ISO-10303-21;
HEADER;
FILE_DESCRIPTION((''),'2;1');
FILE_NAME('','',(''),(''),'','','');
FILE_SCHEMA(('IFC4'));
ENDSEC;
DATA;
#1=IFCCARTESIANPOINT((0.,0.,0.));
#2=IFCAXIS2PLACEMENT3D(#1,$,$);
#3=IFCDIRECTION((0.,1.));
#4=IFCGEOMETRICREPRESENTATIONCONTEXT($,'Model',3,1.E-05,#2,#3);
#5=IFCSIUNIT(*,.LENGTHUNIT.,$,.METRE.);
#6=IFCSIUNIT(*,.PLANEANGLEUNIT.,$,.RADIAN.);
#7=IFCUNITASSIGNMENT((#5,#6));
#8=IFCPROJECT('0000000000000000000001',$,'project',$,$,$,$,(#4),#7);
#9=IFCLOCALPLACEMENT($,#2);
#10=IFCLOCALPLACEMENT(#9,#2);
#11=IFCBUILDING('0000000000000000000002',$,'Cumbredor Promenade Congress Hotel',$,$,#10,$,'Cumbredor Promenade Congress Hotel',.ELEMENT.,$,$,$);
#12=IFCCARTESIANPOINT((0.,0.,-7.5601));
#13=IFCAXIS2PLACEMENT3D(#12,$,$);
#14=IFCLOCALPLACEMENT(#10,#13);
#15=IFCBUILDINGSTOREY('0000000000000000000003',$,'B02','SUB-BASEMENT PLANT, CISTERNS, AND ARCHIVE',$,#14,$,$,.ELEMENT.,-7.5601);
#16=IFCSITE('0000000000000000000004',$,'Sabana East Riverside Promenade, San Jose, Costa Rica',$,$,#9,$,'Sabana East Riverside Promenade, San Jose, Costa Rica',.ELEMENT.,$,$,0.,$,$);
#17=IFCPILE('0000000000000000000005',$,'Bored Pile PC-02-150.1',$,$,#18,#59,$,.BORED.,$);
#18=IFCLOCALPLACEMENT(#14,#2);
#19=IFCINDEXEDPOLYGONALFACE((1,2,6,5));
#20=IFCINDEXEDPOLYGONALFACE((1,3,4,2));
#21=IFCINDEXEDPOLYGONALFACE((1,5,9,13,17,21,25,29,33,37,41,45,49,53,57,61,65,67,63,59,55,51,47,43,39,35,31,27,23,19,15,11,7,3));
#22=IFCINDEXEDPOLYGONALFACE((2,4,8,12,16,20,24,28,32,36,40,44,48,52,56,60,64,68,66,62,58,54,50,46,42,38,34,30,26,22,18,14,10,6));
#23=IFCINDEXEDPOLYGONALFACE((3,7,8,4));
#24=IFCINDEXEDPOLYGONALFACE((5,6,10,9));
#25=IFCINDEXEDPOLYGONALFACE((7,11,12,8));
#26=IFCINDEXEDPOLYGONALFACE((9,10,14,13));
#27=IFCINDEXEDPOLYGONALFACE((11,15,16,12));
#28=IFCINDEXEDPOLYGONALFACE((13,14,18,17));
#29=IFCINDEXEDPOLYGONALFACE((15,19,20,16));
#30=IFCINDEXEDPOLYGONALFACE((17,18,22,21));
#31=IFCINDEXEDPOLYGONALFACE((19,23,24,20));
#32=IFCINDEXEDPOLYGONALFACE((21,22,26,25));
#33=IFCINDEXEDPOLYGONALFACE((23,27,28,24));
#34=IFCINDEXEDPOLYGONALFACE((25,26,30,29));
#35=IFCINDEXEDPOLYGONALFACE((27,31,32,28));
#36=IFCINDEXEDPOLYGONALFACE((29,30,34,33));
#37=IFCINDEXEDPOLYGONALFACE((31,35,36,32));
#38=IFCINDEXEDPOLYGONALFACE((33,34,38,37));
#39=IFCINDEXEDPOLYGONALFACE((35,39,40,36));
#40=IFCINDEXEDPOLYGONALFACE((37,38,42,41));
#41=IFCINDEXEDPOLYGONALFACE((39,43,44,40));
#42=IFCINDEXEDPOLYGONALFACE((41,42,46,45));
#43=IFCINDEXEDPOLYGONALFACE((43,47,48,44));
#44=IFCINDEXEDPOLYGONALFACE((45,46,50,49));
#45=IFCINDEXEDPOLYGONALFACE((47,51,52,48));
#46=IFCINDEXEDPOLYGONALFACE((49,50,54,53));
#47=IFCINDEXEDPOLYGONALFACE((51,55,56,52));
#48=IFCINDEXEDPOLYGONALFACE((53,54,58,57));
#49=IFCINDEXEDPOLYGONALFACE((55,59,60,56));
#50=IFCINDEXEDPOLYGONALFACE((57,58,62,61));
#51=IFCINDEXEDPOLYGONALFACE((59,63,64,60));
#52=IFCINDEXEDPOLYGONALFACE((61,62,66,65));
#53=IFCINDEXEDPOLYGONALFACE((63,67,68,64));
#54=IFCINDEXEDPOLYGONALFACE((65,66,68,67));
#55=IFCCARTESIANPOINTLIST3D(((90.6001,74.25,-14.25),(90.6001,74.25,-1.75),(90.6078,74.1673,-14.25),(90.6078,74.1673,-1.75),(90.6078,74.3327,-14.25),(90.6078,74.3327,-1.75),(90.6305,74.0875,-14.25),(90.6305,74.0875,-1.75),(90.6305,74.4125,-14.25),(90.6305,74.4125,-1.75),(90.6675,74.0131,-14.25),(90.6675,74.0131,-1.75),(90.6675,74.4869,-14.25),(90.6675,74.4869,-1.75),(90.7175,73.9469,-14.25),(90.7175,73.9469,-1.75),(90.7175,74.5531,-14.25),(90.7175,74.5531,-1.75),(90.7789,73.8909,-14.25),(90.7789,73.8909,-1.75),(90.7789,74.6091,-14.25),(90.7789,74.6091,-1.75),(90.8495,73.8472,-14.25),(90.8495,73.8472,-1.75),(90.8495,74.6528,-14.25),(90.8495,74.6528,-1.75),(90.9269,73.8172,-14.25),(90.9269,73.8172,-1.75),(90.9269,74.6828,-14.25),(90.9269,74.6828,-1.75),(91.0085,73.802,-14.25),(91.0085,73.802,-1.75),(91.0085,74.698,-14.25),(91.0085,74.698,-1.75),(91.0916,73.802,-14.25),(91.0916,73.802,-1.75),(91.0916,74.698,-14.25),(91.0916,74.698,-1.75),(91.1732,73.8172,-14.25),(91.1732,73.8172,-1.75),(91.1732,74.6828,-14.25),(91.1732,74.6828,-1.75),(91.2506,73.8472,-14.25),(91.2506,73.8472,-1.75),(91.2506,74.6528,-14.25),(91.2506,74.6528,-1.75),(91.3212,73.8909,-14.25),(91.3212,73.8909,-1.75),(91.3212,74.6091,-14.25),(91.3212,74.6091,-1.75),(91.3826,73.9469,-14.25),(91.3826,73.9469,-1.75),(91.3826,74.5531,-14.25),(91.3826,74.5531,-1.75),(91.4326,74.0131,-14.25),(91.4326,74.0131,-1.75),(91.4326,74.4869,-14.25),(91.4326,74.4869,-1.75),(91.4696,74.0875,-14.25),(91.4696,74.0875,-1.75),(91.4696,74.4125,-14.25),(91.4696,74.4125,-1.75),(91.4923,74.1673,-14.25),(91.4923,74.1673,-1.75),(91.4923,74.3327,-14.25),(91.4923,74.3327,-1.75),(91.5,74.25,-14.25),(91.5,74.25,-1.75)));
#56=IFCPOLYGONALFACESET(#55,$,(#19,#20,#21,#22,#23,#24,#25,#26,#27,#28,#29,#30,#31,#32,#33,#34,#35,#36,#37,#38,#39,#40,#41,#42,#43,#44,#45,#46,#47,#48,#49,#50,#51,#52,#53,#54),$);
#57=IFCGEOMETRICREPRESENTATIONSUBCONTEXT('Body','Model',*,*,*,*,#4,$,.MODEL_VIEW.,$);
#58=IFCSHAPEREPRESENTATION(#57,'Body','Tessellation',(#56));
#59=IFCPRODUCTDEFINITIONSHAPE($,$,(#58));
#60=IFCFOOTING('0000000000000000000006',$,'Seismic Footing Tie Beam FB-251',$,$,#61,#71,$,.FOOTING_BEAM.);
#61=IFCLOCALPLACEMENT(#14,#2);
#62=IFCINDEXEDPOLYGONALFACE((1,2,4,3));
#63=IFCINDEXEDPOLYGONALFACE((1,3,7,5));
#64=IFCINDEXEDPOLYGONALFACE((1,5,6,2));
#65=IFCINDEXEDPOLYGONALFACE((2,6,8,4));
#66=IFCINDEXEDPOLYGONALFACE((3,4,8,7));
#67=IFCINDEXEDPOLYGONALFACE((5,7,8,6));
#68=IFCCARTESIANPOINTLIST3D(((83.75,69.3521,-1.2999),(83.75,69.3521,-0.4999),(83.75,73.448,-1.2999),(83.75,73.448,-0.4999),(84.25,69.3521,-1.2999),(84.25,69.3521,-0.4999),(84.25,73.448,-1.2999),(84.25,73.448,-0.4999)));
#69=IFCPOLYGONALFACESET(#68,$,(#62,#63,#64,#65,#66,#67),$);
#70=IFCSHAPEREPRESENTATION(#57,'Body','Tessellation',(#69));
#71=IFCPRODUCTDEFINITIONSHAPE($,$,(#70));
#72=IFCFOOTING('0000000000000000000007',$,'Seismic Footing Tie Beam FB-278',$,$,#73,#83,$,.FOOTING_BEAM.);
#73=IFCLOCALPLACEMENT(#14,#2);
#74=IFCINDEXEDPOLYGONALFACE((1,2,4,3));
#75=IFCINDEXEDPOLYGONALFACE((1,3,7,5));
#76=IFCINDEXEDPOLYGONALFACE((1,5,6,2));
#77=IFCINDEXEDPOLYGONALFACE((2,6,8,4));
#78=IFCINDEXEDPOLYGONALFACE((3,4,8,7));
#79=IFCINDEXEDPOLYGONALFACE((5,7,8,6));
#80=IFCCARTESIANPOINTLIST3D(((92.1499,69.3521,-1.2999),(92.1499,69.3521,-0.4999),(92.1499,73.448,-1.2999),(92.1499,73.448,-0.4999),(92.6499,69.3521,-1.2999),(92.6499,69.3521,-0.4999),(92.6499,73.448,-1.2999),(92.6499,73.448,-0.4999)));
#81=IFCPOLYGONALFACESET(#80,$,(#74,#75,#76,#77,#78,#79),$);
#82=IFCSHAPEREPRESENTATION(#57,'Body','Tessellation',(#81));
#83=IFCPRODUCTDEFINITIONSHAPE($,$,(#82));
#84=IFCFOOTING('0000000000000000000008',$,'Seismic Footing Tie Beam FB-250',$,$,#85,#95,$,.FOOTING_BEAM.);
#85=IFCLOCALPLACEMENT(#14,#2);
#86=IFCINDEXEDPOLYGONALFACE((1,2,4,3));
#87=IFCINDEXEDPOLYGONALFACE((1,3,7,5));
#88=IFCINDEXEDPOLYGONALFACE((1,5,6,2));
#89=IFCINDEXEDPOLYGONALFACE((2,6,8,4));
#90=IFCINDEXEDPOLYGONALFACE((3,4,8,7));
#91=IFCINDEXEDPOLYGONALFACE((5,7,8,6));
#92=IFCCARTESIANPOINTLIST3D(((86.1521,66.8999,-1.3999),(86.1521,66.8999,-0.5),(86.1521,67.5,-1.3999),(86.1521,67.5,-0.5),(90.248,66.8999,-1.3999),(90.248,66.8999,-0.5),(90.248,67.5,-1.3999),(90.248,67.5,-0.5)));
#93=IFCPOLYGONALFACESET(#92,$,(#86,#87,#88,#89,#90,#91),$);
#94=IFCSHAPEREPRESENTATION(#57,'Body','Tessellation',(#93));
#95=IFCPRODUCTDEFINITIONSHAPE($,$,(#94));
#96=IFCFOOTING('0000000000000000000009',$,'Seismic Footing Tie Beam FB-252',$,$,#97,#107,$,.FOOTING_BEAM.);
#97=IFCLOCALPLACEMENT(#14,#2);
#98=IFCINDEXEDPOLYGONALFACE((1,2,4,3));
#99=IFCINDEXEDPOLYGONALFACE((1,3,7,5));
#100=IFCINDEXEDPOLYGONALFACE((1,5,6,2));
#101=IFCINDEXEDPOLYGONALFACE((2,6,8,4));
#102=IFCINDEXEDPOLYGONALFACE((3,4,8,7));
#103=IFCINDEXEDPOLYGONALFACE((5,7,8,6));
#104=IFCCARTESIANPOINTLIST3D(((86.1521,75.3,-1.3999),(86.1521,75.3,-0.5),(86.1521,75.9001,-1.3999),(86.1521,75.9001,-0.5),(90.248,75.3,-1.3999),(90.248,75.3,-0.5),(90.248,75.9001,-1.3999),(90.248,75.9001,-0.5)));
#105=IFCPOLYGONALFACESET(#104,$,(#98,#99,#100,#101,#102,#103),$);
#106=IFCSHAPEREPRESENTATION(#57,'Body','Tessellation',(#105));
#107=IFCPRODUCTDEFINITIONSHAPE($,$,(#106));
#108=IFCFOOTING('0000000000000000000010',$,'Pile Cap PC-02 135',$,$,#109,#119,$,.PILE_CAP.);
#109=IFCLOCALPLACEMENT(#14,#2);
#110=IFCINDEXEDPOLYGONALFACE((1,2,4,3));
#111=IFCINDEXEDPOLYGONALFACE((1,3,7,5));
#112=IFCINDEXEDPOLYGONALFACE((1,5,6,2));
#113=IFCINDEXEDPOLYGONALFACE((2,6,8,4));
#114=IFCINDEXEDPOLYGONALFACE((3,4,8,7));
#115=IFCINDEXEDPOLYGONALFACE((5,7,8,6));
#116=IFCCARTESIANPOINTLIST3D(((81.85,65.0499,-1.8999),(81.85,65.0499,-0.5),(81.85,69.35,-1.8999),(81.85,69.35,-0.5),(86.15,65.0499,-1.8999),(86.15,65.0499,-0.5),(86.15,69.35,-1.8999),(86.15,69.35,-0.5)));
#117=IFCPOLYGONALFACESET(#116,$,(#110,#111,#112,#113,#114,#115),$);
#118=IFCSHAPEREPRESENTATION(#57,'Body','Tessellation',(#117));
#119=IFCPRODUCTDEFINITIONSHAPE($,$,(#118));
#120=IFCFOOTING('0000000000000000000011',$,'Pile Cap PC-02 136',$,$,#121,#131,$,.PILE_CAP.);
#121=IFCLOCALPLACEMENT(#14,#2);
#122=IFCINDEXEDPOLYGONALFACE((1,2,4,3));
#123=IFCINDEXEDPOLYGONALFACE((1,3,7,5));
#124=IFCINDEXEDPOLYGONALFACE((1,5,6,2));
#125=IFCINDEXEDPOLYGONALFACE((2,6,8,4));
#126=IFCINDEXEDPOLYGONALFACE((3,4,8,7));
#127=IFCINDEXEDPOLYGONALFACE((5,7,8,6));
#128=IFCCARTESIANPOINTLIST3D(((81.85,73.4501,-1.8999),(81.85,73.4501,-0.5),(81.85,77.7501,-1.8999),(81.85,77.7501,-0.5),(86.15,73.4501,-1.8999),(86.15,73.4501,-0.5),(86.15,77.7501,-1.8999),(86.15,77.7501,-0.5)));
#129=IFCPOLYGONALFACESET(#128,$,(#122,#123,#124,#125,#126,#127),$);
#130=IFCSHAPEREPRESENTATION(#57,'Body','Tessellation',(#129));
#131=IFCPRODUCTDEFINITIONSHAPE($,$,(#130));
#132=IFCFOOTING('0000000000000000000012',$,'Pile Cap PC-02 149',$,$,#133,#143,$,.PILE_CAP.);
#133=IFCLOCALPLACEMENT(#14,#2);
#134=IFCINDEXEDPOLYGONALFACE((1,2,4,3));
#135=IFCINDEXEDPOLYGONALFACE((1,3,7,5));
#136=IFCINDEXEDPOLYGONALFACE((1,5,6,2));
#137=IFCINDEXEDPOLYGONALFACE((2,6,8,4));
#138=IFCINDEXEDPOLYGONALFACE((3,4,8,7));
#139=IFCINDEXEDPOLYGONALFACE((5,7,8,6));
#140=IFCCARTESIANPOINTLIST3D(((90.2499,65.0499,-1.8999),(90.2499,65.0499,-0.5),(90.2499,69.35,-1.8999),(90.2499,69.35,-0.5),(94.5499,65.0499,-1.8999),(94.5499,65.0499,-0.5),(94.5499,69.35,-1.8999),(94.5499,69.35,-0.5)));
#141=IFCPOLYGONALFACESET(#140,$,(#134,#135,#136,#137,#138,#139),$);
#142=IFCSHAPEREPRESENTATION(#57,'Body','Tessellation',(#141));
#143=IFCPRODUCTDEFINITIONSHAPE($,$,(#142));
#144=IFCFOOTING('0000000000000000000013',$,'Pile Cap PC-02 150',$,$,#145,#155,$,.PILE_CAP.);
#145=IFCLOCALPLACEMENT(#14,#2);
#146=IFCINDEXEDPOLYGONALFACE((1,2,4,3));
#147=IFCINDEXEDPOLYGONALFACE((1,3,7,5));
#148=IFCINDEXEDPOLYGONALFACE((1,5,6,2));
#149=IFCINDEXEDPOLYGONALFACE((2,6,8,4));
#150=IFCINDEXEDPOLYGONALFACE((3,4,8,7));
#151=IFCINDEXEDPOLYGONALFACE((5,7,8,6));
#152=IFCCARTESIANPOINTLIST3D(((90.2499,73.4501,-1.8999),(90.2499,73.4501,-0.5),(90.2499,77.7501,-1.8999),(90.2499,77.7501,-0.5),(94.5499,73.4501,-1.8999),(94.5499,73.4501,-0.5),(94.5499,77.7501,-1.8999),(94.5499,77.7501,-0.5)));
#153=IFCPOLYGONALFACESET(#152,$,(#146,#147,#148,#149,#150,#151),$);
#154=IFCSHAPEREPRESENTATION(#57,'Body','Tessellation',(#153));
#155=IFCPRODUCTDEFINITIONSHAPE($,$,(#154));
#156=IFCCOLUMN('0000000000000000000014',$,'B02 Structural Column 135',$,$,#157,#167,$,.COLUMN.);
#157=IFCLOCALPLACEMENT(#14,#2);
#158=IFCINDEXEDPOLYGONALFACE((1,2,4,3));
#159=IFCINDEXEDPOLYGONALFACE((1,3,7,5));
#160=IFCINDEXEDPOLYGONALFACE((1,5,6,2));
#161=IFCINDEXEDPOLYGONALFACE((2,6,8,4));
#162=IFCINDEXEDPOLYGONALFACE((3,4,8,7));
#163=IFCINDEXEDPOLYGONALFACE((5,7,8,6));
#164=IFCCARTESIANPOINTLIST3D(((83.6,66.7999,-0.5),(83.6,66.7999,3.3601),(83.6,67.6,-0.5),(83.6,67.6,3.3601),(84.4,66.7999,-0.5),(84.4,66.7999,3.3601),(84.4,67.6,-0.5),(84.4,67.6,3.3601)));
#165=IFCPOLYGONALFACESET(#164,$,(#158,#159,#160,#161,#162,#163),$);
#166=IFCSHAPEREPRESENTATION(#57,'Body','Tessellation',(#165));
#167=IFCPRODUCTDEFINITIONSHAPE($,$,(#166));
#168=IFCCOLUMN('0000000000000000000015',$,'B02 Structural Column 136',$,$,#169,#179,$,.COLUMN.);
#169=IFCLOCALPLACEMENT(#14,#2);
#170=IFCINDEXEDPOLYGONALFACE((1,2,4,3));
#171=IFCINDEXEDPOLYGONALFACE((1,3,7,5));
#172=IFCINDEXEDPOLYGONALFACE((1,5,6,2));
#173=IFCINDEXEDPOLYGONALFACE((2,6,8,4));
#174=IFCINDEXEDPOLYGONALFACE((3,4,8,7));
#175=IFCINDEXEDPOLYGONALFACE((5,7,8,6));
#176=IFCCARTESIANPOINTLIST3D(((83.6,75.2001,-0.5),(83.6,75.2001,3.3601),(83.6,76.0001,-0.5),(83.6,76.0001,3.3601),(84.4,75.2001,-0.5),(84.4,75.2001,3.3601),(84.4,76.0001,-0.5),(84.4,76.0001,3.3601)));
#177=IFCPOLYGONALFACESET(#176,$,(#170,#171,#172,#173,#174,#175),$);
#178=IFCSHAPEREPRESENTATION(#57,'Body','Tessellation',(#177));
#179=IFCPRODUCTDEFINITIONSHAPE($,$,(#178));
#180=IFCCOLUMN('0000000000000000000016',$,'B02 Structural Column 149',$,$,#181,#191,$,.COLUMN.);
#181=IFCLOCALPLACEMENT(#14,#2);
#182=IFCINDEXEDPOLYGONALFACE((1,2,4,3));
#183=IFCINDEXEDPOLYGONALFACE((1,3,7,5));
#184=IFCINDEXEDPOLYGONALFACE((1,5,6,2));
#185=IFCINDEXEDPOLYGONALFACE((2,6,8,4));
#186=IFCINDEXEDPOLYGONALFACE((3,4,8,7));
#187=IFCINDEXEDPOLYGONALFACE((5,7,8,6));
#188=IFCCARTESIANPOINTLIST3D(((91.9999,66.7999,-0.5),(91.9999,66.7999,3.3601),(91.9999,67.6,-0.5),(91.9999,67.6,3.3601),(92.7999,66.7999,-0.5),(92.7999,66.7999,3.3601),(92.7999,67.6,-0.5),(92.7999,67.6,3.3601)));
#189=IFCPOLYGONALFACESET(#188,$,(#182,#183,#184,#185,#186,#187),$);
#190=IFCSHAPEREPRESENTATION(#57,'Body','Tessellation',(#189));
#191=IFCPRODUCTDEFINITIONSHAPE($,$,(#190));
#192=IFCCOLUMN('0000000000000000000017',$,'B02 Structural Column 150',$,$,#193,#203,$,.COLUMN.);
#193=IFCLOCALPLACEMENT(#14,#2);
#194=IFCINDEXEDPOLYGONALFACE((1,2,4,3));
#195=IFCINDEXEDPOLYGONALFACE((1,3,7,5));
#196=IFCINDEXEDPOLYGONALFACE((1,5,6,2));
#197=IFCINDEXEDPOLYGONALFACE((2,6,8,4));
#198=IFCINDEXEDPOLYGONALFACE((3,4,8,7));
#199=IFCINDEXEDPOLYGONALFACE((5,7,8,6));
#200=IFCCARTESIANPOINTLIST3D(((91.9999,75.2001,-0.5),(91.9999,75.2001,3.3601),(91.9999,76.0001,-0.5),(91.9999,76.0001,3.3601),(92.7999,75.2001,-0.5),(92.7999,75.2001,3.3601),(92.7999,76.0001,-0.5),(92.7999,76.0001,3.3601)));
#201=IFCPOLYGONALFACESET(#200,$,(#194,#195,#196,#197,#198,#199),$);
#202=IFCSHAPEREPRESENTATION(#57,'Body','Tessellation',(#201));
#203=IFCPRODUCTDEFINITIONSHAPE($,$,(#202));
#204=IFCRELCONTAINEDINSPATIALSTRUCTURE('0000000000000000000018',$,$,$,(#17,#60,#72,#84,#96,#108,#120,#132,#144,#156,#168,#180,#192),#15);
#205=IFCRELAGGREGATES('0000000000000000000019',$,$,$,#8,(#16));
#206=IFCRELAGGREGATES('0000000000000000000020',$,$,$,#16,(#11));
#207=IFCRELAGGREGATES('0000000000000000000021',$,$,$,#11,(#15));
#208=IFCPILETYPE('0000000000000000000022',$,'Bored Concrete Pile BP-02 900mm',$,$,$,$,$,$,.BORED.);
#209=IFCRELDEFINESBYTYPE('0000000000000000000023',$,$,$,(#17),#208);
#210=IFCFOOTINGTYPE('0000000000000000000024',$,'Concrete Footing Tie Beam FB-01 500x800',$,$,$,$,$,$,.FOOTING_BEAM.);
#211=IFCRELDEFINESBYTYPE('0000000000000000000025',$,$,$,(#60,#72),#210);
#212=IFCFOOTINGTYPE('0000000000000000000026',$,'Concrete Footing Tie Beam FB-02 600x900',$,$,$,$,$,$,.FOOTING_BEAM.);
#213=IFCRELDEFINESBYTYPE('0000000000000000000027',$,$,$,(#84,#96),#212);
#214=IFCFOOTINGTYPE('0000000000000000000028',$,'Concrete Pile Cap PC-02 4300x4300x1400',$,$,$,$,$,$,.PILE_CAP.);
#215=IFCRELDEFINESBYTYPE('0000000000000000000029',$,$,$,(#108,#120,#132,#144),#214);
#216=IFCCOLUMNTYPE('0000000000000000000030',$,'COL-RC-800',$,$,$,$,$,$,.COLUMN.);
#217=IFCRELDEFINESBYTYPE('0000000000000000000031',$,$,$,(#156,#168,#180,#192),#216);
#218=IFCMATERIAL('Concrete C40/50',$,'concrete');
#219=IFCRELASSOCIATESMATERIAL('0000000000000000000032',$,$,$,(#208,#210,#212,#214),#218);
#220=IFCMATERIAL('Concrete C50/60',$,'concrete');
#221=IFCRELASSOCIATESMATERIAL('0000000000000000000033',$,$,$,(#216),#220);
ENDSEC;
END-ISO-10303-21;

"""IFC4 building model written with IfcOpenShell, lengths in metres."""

from ifc_helpers import new_model, si_unit, direction, frame, origin, origin_2d, place, context, subcontext, project, spatial, rectangle, circle, extrude, material, material_profile, profile_set, type_object, element, save


model = new_model("IFC4")

# Units and contexts
model_context = context("Model", 3, precision=1e-05, world=origin(), true_north=direction((0.0, 1.0)))
body_context = subcontext(model_context, "Body", "Model", "MODEL_VIEW")
ifc_project = project(units=[si_unit("LENGTHUNIT", "METRE"), si_unit("PLANEANGLEUNIT", "RADIAN")], contexts=[model_context])

# Site, building, storey
site_placement = place(None, origin())
site = spatial("IfcSite", under=ifc_project, at=site_placement, Name="Sabana East Riverside Promenade, San Jose, Costa Rica", LongName="Sabana East Riverside Promenade, San Jose, Costa Rica", CompositionType="ELEMENT", RefElevation=0.0)
building_placement = place(site_placement, origin())
building = spatial("IfcBuilding", under=site, at=building_placement, Name="Cumbredor Promenade Congress Hotel", LongName="Cumbredor Promenade Congress Hotel", CompositionType="ELEMENT")
storey_placement = place(building_placement, frame((0.0, 0.0, -7.5601)))
storey = spatial("IfcBuildingStorey", under=building, at=storey_placement, Name="B02", Description="SUB-BASEMENT PLANT, CISTERNS, AND ARCHIVE", CompositionType="ELEMENT", Elevation=-7.5601)

# Pile
ifc_material_1 = material(Name="Concrete C40/50", Category="concrete")
ifc_material_profile_1 = material_profile(ifc_material_1, circle(Radius=0.45, at=origin_2d()), Name="PILE D900")
ifc_profile_set_1 = profile_set([ifc_material_profile_1], Name="Concrete C40/50")
pile_type = type_object("IfcPileType", Name="Bored Concrete Pile BP-02 900mm", PredefinedType="BORED", material=ifc_profile_set_1)
for number, where, z_axis, x_axis, name in (
    (1, (91.05, 74.25, -1.75), (0.0, 0.0, -1.0), (1.0, 0.0, 0.0), "Bored Pile PC-02-150.1"),
):
    element("IfcPile", number, at=place(storey_placement, frame(where, z_axis=z_axis, x_axis=x_axis)), inside=storey, type_object=pile_type, Name=name, PredefinedType="BORED", context=body_context, shape_type="SweptSolid", body=[
        extrude(circle(Radius=0.45, at=origin_2d()), origin(), (0.0, 0.0, 1.0), 12.5),
    ])

# Footings
ifc_material_profile_2 = material_profile(ifc_material_1, rectangle(XDim=0.5, YDim=0.8, at=origin_2d()), Name="FB 500x800")
ifc_profile_set_2 = profile_set([ifc_material_profile_2], Name="Concrete C40/50")
footing_type_1 = type_object("IfcFootingType", Name="Concrete Footing Tie Beam FB-01 500x800", PredefinedType="FOOTING_BEAM", material=ifc_profile_set_2)
for number, where, z_axis, x_axis, name in (
    (2, (84.0, 69.3521, -0.8999), (0.0, 1.0, 0.0), (-1.0, 0.0, 0.0), "Seismic Footing Tie Beam FB-251"),
    (3, (92.3999, 69.3521, -0.8999), (0.0, 1.0, 0.0), (-1.0, 0.0, 0.0), "Seismic Footing Tie Beam FB-278"),
):
    element("IfcFooting", number, at=place(storey_placement, frame(where, z_axis=z_axis, x_axis=x_axis)), inside=storey, type_object=footing_type_1, Name=name, PredefinedType="FOOTING_BEAM", context=body_context, shape_type="SweptSolid", body=[
        extrude(rectangle(XDim=0.5, YDim=0.8, at=origin_2d()), origin(), (0.0, 0.0, 1.0), 4.0959),
    ])
ifc_material_profile_3 = material_profile(ifc_material_1, rectangle(XDim=0.6001, YDim=0.8999, at=origin_2d()), Name="FB 600x900")
ifc_profile_set_3 = profile_set([ifc_material_profile_3], Name="Concrete C40/50")
footing_type_2 = type_object("IfcFootingType", Name="Concrete Footing Tie Beam FB-02 600x900", PredefinedType="FOOTING_BEAM", material=ifc_profile_set_3)
for number, where, z_axis, x_axis, name in (
    (4, (86.1521, 67.2, -0.95), (1.0, 0.0, 0.0), (0.0, 1.0, 0.0), "Seismic Footing Tie Beam FB-250"),
    (5, (86.1521, 75.6001, -0.95), (1.0, 0.0, 0.0), (0.0, 1.0, 0.0), "Seismic Footing Tie Beam FB-252"),
):
    element("IfcFooting", number, at=place(storey_placement, frame(where, z_axis=z_axis, x_axis=x_axis)), inside=storey, type_object=footing_type_2, Name=name, PredefinedType="FOOTING_BEAM", context=body_context, shape_type="SweptSolid", body=[
        extrude(rectangle(XDim=0.6001, YDim=0.8999, at=origin_2d()), origin(), (0.0, 0.0, 1.0), 4.0959),
    ])
footing_type_3 = type_object("IfcFootingType", Name="Concrete Pile Cap PC-02 4300x4300x1400", PredefinedType="PILE_CAP", material=ifc_material_1)
for number, where, z_axis, x_axis, name in (
    (6, (84.0, 67.2, -1.8999), (0.0, 0.0, 1.0), (1.0, 0.0, 0.0), "Pile Cap PC-02 135"),
    (7, (84.0, 75.6001, -1.8999), (0.0, 0.0, 1.0), (1.0, 0.0, 0.0), "Pile Cap PC-02 136"),
    (8, (92.3999, 67.2, -1.8999), (0.0, 0.0, 1.0), (1.0, 0.0, 0.0), "Pile Cap PC-02 149"),
    (9, (92.3999, 75.6001, -1.8999), (0.0, 0.0, 1.0), (1.0, 0.0, 0.0), "Pile Cap PC-02 150"),
):
    element("IfcFooting", number, at=place(storey_placement, frame(where, z_axis=z_axis, x_axis=x_axis)), inside=storey, type_object=footing_type_3, Name=name, PredefinedType="PILE_CAP", context=body_context, shape_type="SweptSolid", body=[
        extrude(rectangle(XDim=4.3, YDim=4.3, at=origin_2d()), origin(), (0.0, 0.0, 1.0), 1.3999),
    ])

# Columns
ifc_material_2 = material(Name="Concrete C50/60", Category="concrete")
ifc_material_profile_4 = material_profile(ifc_material_2, rectangle(XDim=0.8, YDim=0.8, at=origin_2d()), Name="RC 800x800")
ifc_profile_set_4 = profile_set([ifc_material_profile_4], Name="Concrete C50/60")
column_type = type_object("IfcColumnType", Name="COL-RC-800", PredefinedType="COLUMN", material=ifc_profile_set_4)
for number, where, z_axis, x_axis, name in (
    (10, (84.0, 67.2, -0.5), (0.0, 0.0, 1.0), (1.0, 0.0, 0.0), "B02 Structural Column 135"),
    (11, (84.0, 75.6001, -0.5), (0.0, 0.0, 1.0), (1.0, 0.0, 0.0), "B02 Structural Column 136"),
    (12, (92.3999, 67.2, -0.5), (0.0, 0.0, 1.0), (1.0, 0.0, 0.0), "B02 Structural Column 149"),
    (13, (92.3999, 75.6001, -0.5), (0.0, 0.0, 1.0), (1.0, 0.0, 0.0), "B02 Structural Column 150"),
):
    element("IfcColumn", number, at=place(storey_placement, frame(where, z_axis=z_axis, x_axis=x_axis)), inside=storey, type_object=column_type, Name=name, PredefinedType="COLUMN", context=body_context, shape_type="SweptSolid", body=[
        extrude(rectangle(XDim=0.8, YDim=0.8, at=origin_2d()), origin(), (0.0, 0.0, 1.0), 3.8601),
    ])

save(model, "model.ifc")
